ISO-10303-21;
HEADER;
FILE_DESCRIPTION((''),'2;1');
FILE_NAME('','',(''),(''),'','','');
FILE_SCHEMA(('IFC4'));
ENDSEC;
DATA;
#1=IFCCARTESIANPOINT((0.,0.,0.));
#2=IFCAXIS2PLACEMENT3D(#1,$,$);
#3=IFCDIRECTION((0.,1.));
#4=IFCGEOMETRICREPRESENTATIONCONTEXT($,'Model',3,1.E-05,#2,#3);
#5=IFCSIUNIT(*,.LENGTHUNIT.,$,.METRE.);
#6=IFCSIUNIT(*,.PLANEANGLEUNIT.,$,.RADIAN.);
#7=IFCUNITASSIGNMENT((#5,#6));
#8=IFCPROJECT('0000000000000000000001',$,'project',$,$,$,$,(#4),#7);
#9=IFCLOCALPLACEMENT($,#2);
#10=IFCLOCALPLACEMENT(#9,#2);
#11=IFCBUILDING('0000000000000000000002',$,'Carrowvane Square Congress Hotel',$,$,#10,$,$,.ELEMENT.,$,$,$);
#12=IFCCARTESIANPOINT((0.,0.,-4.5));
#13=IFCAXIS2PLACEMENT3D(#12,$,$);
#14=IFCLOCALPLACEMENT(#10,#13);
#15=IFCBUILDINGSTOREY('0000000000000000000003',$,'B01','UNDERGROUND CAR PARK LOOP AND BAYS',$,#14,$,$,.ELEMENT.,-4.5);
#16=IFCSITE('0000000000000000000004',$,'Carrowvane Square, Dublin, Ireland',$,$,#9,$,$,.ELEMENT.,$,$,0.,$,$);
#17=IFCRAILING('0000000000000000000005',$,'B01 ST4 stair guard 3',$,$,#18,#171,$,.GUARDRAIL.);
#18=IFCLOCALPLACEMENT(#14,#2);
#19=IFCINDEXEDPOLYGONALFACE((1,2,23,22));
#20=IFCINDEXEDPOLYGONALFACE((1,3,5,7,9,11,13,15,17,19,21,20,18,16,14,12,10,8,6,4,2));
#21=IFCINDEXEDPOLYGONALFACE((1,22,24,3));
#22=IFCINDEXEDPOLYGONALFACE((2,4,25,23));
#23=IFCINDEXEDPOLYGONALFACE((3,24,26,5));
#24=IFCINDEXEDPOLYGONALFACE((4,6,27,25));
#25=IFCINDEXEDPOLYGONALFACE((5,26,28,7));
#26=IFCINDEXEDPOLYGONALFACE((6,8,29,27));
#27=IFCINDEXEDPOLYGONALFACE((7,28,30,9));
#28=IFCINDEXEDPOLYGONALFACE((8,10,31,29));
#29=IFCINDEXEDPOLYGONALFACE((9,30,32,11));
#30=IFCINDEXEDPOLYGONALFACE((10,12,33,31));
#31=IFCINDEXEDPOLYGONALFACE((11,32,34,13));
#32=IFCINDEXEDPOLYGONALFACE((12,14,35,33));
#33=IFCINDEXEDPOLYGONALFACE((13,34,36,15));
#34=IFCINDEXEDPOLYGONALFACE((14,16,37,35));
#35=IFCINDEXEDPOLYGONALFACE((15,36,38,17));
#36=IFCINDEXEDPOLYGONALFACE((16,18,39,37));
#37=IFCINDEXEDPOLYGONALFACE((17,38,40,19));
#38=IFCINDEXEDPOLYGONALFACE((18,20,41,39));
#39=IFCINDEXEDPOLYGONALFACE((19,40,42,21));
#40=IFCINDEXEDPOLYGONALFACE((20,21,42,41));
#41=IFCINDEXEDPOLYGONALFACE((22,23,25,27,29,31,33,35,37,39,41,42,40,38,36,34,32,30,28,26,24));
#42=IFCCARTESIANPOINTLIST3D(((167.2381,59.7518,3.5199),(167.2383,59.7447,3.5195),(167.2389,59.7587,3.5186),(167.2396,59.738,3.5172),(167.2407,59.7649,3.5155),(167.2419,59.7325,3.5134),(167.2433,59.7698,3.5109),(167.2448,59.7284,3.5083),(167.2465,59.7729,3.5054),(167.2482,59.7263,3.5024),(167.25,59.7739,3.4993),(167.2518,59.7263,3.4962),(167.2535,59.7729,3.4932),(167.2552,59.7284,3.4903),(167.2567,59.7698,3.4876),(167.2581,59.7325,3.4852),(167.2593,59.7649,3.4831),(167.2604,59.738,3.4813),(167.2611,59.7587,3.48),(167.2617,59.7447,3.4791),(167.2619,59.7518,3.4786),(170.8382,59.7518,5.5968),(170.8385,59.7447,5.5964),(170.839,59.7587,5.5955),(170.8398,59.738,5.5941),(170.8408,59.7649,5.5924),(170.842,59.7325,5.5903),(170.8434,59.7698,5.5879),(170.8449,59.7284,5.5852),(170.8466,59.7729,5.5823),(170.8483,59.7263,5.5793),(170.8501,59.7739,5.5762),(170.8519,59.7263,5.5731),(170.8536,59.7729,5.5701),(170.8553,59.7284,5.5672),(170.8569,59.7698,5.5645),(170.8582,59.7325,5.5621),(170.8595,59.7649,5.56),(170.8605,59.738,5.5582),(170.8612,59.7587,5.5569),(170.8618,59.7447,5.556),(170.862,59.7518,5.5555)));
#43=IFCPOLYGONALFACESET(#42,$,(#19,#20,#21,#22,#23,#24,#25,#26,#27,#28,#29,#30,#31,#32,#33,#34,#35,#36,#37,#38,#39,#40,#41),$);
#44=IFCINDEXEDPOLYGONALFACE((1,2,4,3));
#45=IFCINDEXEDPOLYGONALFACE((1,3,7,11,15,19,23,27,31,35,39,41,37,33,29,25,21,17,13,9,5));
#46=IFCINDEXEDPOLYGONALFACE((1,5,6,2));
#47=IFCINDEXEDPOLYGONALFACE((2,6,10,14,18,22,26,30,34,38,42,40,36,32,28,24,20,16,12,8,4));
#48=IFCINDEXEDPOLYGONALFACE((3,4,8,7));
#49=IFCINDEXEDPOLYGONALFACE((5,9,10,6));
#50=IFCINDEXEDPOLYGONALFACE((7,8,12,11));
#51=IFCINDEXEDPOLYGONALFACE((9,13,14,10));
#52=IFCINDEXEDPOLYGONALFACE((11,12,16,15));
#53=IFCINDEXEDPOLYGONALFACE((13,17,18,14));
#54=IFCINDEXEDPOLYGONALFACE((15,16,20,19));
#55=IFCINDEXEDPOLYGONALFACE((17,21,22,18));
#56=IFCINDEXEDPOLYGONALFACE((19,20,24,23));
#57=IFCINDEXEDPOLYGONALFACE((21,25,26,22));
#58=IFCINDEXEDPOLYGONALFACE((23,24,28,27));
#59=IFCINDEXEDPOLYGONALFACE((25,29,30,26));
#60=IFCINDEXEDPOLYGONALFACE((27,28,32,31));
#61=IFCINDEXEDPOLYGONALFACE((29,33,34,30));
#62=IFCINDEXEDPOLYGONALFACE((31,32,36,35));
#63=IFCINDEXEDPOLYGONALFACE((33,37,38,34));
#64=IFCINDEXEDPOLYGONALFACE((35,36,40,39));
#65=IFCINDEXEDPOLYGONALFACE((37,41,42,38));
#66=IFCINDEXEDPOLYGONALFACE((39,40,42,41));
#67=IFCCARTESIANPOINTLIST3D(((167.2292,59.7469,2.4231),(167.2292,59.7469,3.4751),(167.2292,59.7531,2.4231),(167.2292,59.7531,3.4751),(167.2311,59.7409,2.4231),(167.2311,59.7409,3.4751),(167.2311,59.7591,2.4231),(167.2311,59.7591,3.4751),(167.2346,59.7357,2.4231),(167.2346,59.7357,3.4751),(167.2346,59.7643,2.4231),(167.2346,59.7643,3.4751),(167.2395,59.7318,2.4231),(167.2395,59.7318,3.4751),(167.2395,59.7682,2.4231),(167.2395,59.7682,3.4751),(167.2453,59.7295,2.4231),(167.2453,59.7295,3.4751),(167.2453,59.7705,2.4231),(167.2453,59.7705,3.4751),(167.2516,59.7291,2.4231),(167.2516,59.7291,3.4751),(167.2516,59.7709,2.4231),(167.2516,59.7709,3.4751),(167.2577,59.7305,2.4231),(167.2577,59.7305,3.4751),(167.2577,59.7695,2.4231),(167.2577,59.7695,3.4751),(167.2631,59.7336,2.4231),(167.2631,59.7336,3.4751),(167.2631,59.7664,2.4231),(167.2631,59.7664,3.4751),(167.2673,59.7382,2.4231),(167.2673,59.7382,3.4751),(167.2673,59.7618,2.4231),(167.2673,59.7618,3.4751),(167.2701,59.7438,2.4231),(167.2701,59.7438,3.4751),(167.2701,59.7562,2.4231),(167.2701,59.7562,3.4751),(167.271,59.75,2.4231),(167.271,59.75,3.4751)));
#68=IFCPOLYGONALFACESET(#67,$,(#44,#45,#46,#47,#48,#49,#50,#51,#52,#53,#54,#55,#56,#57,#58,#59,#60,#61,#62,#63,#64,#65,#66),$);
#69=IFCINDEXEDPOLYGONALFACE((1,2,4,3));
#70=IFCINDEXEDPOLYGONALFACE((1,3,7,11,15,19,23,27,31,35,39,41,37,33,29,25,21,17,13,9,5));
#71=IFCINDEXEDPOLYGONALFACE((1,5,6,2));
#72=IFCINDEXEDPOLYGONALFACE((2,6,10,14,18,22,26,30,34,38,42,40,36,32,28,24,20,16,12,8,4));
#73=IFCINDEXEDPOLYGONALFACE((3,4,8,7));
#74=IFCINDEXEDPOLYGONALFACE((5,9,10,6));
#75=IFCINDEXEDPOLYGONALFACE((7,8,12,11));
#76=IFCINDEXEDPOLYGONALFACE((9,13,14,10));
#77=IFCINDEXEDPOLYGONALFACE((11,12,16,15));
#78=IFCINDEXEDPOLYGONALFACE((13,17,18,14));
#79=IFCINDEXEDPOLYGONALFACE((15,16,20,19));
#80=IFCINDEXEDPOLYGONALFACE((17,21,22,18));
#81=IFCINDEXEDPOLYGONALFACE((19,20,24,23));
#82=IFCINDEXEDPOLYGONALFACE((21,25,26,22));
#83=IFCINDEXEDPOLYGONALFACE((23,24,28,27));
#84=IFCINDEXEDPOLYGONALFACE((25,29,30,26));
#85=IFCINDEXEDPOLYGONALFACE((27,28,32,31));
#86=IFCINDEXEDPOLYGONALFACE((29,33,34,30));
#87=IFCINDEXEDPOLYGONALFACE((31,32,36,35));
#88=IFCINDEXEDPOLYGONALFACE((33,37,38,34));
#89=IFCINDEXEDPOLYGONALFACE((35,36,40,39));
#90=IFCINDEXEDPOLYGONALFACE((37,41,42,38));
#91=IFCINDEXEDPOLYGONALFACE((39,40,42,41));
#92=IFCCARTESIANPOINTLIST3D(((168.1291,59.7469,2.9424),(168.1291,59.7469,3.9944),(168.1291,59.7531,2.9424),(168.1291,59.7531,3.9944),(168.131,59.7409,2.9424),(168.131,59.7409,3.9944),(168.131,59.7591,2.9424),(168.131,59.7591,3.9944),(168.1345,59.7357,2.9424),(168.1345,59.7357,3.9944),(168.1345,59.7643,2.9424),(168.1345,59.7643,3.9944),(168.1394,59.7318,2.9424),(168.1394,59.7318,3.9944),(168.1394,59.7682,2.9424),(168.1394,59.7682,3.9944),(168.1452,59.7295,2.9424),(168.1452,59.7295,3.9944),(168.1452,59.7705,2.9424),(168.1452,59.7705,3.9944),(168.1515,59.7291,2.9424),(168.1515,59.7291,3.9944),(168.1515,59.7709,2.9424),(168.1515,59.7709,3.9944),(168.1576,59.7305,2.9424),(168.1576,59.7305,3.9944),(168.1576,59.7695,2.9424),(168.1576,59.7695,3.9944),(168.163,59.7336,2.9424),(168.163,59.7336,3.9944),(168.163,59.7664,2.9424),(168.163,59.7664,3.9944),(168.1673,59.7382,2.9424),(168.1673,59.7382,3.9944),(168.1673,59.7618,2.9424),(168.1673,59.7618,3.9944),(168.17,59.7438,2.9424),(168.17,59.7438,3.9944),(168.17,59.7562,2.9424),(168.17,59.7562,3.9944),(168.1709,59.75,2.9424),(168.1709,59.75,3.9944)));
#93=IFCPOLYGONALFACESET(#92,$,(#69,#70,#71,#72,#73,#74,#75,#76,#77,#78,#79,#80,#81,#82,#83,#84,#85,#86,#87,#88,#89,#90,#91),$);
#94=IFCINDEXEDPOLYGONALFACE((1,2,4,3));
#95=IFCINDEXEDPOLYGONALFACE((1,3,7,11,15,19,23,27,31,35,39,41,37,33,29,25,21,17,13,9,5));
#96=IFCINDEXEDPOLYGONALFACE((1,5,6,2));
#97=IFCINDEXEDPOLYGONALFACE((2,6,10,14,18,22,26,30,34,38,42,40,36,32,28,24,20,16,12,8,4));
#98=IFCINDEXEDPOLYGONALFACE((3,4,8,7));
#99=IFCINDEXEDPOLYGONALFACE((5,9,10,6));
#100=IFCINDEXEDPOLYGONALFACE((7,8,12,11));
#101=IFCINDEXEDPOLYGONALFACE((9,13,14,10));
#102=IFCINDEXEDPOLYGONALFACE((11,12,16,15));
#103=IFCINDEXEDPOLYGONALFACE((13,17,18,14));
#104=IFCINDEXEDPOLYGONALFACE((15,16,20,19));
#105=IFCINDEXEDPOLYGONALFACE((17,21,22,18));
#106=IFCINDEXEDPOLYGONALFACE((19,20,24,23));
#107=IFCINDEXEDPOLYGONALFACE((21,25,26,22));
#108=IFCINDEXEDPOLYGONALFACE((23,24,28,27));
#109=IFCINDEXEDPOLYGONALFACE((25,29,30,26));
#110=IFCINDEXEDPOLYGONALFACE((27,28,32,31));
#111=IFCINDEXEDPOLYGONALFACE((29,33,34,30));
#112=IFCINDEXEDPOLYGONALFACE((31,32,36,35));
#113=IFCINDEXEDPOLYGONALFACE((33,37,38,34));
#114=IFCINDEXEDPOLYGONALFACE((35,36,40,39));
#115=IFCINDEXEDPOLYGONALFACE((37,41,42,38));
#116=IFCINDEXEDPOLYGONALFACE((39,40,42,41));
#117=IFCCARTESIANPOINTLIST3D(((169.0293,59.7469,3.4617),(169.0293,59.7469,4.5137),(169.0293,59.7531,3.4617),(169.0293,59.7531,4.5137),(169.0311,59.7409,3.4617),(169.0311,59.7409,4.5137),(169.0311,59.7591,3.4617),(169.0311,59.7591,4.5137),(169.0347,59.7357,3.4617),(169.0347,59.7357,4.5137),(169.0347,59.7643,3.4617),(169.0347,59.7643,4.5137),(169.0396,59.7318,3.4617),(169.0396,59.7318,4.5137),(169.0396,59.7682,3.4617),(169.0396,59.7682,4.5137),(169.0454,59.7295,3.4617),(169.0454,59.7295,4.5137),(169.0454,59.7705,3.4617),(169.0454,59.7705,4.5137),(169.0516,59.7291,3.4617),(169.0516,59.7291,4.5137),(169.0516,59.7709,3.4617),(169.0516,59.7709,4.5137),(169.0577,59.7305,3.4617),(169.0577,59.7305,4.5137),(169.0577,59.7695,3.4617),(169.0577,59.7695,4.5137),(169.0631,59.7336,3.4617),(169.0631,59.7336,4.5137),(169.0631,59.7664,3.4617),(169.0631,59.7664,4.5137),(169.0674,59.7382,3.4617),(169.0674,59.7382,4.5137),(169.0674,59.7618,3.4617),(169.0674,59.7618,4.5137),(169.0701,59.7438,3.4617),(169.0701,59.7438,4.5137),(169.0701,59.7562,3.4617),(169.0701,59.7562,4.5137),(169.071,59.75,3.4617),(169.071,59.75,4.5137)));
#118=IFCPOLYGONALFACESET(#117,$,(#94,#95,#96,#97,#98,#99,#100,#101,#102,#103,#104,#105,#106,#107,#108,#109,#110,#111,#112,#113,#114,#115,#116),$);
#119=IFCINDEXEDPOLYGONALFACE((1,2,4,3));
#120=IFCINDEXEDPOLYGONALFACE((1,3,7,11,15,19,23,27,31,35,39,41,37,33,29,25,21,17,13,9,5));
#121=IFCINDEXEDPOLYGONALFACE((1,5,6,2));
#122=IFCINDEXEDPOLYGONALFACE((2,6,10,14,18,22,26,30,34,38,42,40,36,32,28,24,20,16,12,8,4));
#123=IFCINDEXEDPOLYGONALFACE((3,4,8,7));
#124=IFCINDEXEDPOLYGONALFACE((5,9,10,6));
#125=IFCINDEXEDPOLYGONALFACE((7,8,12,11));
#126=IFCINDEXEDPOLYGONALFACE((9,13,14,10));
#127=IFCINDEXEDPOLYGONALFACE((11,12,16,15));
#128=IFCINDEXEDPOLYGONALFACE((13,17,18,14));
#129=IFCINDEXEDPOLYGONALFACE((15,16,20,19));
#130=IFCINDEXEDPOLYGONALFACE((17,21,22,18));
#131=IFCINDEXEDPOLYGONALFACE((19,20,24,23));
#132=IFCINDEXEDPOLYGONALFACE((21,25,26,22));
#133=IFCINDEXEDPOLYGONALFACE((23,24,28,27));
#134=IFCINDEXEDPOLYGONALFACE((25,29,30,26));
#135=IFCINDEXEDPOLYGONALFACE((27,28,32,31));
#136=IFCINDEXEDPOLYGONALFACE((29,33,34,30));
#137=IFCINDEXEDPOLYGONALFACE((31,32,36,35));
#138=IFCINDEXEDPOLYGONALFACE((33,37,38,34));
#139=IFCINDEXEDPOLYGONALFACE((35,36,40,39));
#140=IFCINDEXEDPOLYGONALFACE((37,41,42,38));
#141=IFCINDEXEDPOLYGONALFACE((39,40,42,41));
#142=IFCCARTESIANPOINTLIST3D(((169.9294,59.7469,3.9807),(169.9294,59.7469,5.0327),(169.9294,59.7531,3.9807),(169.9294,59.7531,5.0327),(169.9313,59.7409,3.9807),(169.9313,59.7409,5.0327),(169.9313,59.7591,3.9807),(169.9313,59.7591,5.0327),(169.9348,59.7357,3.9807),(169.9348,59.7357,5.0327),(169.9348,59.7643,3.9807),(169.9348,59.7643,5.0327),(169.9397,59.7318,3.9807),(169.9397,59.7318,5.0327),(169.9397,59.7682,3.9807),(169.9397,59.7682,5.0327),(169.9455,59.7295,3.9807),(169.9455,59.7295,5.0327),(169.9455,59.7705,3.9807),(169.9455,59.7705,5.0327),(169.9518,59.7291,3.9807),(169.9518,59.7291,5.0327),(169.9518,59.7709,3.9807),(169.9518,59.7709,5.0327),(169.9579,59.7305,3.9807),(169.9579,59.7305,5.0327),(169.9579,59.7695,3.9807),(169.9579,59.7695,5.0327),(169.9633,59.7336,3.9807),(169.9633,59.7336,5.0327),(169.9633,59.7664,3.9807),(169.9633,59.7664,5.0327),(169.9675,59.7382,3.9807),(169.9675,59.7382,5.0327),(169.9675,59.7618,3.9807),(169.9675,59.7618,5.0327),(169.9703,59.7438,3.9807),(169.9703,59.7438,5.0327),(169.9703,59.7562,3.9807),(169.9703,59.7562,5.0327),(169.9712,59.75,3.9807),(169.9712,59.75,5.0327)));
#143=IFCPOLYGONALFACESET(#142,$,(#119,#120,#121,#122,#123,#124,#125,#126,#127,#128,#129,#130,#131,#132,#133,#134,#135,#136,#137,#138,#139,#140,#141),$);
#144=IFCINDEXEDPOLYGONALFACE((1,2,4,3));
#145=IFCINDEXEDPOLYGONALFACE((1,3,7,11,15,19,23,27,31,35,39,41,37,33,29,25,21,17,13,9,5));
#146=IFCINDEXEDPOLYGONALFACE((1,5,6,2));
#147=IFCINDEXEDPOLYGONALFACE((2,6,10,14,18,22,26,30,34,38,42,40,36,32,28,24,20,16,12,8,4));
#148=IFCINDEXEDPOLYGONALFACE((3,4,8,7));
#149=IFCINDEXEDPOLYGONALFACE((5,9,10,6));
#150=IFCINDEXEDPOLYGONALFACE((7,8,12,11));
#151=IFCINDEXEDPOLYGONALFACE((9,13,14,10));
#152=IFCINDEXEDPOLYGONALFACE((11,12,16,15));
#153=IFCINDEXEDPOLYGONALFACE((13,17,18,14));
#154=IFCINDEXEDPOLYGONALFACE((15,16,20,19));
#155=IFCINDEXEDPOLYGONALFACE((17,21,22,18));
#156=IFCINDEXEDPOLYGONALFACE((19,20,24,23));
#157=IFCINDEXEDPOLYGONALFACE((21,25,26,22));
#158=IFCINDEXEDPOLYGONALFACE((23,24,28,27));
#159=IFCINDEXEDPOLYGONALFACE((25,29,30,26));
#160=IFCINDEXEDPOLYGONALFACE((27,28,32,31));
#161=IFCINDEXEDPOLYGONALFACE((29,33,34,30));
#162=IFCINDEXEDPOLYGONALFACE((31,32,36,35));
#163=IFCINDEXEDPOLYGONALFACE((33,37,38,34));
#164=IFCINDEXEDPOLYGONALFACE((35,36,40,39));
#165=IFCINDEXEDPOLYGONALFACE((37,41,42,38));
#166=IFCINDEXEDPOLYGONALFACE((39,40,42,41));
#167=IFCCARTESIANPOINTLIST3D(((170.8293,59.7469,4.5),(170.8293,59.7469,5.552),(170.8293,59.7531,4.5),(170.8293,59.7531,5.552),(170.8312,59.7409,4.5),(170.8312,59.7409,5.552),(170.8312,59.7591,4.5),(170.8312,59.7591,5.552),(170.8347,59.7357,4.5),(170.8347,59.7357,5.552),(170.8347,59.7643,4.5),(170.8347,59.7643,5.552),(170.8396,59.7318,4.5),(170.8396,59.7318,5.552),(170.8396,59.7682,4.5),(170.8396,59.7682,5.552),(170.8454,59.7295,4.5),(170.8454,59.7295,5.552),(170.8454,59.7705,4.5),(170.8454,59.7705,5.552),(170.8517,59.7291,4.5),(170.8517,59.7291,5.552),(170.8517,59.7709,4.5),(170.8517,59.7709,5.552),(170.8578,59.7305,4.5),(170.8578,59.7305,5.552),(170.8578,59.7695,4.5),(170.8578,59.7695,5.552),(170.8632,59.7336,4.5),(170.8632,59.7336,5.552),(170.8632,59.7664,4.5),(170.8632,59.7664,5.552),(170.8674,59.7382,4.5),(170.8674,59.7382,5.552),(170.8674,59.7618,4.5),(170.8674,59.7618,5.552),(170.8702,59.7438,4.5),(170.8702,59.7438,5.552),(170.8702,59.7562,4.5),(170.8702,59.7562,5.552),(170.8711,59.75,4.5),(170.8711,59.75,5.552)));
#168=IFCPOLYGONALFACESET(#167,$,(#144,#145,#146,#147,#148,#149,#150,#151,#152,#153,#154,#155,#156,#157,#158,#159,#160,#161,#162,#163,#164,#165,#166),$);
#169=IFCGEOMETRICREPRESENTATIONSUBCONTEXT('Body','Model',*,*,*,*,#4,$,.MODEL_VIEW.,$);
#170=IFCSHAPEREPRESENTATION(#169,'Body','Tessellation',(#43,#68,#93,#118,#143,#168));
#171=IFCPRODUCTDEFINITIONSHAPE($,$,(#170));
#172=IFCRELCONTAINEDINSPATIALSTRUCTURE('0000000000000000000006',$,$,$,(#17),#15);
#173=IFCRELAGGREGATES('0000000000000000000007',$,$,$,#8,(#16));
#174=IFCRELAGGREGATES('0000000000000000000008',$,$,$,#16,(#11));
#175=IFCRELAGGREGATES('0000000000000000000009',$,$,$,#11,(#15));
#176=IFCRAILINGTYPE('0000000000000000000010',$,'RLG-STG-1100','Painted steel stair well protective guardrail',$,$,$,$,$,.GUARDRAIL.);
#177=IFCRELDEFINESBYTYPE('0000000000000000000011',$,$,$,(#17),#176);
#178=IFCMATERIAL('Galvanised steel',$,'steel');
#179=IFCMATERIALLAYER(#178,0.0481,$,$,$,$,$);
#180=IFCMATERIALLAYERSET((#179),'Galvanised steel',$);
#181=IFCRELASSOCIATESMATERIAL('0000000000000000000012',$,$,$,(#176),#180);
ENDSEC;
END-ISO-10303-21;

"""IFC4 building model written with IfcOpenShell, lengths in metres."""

from ifc_helpers import new_model, si_unit, direction, frame, origin, origin_2d, place, context, subcontext, project, spatial, circle, extrude, material, layer, layer_set, type_object, element, save


model = new_model("IFC4")

# Units and contexts
model_context = context("Model", 3, precision=1e-05, world=origin(), true_north=direction((0.0, 1.0)))
body_context = subcontext(model_context, "Body", "Model", "MODEL_VIEW")
ifc_project = project(units=[si_unit("LENGTHUNIT", "METRE"), si_unit("PLANEANGLEUNIT", "RADIAN")], contexts=[model_context])

# Site, building, storey
site_placement = place(None, origin())
site = spatial("IfcSite", under=ifc_project, at=site_placement, Name="Carrowvane Square, Dublin, Ireland", CompositionType="ELEMENT", RefElevation=0.0)
building_placement = place(site_placement, origin())
building = spatial("IfcBuilding", under=site, at=building_placement, Name="Carrowvane Square Congress Hotel", CompositionType="ELEMENT")
storey_placement = place(building_placement, frame((0.0, 0.0, -4.5)))
storey = spatial("IfcBuildingStorey", under=building, at=storey_placement, Name="B01", Description="UNDERGROUND CAR PARK LOOP AND BAYS", CompositionType="ELEMENT", Elevation=-4.5)

# Railing
ifc_material_1 = material(Name="Galvanised steel", Category="steel")
ifc_layer_1 = layer(ifc_material_1, 0.0481)
ifc_layer_set_1 = layer_set([ifc_layer_1], Name="Galvanised steel")
railing_type_1 = type_object("IfcRailingType", Name="RLG-STG-1100", Description="Painted steel stair well protective guardrail", PredefinedType="GUARDRAIL", material=ifc_layer_set_1)
railing_1_placement = place(storey_placement, frame((167.25, 59.75, 2.4231)))
element("IfcRailing", 1, at=railing_1_placement, inside=storey, type_object=railing_type_1, Name="B01 ST4 stair guard 3", PredefinedType="GUARDRAIL", context=body_context, shape_type="SweptSolid", body=[
    extrude(circle(Radius=0.0239, at=origin_2d()), frame((0.0, 0.0, 1.0762), z_axis=(0.866193, 0.0, 0.499709), x_axis=(0.0, 1.0, 0.0)), (0.0, 0.0, 1.0), 4.1562),
    extrude(circle(Radius=0.021, at=origin_2d()), origin(), (0.0, 0.0, 1.0), 1.052),
    extrude(circle(Radius=0.021, at=origin_2d()), frame((0.8999, 0.0, 0.5193)), (0.0, 0.0, 1.0), 1.052),
    extrude(circle(Radius=0.021, at=origin_2d()), frame((1.8, 0.0, 1.0386)), (0.0, 0.0, 1.0), 1.052),
    extrude(circle(Radius=0.021, at=origin_2d()), frame((2.7002, 0.0, 1.5576)), (0.0, 0.0, 1.0), 1.052),
    extrude(circle(Radius=0.021, at=origin_2d()), frame((3.6001, 0.0, 2.0769)), (0.0, 0.0, 1.0), 1.052),
])

save(model, "model.ifc")
